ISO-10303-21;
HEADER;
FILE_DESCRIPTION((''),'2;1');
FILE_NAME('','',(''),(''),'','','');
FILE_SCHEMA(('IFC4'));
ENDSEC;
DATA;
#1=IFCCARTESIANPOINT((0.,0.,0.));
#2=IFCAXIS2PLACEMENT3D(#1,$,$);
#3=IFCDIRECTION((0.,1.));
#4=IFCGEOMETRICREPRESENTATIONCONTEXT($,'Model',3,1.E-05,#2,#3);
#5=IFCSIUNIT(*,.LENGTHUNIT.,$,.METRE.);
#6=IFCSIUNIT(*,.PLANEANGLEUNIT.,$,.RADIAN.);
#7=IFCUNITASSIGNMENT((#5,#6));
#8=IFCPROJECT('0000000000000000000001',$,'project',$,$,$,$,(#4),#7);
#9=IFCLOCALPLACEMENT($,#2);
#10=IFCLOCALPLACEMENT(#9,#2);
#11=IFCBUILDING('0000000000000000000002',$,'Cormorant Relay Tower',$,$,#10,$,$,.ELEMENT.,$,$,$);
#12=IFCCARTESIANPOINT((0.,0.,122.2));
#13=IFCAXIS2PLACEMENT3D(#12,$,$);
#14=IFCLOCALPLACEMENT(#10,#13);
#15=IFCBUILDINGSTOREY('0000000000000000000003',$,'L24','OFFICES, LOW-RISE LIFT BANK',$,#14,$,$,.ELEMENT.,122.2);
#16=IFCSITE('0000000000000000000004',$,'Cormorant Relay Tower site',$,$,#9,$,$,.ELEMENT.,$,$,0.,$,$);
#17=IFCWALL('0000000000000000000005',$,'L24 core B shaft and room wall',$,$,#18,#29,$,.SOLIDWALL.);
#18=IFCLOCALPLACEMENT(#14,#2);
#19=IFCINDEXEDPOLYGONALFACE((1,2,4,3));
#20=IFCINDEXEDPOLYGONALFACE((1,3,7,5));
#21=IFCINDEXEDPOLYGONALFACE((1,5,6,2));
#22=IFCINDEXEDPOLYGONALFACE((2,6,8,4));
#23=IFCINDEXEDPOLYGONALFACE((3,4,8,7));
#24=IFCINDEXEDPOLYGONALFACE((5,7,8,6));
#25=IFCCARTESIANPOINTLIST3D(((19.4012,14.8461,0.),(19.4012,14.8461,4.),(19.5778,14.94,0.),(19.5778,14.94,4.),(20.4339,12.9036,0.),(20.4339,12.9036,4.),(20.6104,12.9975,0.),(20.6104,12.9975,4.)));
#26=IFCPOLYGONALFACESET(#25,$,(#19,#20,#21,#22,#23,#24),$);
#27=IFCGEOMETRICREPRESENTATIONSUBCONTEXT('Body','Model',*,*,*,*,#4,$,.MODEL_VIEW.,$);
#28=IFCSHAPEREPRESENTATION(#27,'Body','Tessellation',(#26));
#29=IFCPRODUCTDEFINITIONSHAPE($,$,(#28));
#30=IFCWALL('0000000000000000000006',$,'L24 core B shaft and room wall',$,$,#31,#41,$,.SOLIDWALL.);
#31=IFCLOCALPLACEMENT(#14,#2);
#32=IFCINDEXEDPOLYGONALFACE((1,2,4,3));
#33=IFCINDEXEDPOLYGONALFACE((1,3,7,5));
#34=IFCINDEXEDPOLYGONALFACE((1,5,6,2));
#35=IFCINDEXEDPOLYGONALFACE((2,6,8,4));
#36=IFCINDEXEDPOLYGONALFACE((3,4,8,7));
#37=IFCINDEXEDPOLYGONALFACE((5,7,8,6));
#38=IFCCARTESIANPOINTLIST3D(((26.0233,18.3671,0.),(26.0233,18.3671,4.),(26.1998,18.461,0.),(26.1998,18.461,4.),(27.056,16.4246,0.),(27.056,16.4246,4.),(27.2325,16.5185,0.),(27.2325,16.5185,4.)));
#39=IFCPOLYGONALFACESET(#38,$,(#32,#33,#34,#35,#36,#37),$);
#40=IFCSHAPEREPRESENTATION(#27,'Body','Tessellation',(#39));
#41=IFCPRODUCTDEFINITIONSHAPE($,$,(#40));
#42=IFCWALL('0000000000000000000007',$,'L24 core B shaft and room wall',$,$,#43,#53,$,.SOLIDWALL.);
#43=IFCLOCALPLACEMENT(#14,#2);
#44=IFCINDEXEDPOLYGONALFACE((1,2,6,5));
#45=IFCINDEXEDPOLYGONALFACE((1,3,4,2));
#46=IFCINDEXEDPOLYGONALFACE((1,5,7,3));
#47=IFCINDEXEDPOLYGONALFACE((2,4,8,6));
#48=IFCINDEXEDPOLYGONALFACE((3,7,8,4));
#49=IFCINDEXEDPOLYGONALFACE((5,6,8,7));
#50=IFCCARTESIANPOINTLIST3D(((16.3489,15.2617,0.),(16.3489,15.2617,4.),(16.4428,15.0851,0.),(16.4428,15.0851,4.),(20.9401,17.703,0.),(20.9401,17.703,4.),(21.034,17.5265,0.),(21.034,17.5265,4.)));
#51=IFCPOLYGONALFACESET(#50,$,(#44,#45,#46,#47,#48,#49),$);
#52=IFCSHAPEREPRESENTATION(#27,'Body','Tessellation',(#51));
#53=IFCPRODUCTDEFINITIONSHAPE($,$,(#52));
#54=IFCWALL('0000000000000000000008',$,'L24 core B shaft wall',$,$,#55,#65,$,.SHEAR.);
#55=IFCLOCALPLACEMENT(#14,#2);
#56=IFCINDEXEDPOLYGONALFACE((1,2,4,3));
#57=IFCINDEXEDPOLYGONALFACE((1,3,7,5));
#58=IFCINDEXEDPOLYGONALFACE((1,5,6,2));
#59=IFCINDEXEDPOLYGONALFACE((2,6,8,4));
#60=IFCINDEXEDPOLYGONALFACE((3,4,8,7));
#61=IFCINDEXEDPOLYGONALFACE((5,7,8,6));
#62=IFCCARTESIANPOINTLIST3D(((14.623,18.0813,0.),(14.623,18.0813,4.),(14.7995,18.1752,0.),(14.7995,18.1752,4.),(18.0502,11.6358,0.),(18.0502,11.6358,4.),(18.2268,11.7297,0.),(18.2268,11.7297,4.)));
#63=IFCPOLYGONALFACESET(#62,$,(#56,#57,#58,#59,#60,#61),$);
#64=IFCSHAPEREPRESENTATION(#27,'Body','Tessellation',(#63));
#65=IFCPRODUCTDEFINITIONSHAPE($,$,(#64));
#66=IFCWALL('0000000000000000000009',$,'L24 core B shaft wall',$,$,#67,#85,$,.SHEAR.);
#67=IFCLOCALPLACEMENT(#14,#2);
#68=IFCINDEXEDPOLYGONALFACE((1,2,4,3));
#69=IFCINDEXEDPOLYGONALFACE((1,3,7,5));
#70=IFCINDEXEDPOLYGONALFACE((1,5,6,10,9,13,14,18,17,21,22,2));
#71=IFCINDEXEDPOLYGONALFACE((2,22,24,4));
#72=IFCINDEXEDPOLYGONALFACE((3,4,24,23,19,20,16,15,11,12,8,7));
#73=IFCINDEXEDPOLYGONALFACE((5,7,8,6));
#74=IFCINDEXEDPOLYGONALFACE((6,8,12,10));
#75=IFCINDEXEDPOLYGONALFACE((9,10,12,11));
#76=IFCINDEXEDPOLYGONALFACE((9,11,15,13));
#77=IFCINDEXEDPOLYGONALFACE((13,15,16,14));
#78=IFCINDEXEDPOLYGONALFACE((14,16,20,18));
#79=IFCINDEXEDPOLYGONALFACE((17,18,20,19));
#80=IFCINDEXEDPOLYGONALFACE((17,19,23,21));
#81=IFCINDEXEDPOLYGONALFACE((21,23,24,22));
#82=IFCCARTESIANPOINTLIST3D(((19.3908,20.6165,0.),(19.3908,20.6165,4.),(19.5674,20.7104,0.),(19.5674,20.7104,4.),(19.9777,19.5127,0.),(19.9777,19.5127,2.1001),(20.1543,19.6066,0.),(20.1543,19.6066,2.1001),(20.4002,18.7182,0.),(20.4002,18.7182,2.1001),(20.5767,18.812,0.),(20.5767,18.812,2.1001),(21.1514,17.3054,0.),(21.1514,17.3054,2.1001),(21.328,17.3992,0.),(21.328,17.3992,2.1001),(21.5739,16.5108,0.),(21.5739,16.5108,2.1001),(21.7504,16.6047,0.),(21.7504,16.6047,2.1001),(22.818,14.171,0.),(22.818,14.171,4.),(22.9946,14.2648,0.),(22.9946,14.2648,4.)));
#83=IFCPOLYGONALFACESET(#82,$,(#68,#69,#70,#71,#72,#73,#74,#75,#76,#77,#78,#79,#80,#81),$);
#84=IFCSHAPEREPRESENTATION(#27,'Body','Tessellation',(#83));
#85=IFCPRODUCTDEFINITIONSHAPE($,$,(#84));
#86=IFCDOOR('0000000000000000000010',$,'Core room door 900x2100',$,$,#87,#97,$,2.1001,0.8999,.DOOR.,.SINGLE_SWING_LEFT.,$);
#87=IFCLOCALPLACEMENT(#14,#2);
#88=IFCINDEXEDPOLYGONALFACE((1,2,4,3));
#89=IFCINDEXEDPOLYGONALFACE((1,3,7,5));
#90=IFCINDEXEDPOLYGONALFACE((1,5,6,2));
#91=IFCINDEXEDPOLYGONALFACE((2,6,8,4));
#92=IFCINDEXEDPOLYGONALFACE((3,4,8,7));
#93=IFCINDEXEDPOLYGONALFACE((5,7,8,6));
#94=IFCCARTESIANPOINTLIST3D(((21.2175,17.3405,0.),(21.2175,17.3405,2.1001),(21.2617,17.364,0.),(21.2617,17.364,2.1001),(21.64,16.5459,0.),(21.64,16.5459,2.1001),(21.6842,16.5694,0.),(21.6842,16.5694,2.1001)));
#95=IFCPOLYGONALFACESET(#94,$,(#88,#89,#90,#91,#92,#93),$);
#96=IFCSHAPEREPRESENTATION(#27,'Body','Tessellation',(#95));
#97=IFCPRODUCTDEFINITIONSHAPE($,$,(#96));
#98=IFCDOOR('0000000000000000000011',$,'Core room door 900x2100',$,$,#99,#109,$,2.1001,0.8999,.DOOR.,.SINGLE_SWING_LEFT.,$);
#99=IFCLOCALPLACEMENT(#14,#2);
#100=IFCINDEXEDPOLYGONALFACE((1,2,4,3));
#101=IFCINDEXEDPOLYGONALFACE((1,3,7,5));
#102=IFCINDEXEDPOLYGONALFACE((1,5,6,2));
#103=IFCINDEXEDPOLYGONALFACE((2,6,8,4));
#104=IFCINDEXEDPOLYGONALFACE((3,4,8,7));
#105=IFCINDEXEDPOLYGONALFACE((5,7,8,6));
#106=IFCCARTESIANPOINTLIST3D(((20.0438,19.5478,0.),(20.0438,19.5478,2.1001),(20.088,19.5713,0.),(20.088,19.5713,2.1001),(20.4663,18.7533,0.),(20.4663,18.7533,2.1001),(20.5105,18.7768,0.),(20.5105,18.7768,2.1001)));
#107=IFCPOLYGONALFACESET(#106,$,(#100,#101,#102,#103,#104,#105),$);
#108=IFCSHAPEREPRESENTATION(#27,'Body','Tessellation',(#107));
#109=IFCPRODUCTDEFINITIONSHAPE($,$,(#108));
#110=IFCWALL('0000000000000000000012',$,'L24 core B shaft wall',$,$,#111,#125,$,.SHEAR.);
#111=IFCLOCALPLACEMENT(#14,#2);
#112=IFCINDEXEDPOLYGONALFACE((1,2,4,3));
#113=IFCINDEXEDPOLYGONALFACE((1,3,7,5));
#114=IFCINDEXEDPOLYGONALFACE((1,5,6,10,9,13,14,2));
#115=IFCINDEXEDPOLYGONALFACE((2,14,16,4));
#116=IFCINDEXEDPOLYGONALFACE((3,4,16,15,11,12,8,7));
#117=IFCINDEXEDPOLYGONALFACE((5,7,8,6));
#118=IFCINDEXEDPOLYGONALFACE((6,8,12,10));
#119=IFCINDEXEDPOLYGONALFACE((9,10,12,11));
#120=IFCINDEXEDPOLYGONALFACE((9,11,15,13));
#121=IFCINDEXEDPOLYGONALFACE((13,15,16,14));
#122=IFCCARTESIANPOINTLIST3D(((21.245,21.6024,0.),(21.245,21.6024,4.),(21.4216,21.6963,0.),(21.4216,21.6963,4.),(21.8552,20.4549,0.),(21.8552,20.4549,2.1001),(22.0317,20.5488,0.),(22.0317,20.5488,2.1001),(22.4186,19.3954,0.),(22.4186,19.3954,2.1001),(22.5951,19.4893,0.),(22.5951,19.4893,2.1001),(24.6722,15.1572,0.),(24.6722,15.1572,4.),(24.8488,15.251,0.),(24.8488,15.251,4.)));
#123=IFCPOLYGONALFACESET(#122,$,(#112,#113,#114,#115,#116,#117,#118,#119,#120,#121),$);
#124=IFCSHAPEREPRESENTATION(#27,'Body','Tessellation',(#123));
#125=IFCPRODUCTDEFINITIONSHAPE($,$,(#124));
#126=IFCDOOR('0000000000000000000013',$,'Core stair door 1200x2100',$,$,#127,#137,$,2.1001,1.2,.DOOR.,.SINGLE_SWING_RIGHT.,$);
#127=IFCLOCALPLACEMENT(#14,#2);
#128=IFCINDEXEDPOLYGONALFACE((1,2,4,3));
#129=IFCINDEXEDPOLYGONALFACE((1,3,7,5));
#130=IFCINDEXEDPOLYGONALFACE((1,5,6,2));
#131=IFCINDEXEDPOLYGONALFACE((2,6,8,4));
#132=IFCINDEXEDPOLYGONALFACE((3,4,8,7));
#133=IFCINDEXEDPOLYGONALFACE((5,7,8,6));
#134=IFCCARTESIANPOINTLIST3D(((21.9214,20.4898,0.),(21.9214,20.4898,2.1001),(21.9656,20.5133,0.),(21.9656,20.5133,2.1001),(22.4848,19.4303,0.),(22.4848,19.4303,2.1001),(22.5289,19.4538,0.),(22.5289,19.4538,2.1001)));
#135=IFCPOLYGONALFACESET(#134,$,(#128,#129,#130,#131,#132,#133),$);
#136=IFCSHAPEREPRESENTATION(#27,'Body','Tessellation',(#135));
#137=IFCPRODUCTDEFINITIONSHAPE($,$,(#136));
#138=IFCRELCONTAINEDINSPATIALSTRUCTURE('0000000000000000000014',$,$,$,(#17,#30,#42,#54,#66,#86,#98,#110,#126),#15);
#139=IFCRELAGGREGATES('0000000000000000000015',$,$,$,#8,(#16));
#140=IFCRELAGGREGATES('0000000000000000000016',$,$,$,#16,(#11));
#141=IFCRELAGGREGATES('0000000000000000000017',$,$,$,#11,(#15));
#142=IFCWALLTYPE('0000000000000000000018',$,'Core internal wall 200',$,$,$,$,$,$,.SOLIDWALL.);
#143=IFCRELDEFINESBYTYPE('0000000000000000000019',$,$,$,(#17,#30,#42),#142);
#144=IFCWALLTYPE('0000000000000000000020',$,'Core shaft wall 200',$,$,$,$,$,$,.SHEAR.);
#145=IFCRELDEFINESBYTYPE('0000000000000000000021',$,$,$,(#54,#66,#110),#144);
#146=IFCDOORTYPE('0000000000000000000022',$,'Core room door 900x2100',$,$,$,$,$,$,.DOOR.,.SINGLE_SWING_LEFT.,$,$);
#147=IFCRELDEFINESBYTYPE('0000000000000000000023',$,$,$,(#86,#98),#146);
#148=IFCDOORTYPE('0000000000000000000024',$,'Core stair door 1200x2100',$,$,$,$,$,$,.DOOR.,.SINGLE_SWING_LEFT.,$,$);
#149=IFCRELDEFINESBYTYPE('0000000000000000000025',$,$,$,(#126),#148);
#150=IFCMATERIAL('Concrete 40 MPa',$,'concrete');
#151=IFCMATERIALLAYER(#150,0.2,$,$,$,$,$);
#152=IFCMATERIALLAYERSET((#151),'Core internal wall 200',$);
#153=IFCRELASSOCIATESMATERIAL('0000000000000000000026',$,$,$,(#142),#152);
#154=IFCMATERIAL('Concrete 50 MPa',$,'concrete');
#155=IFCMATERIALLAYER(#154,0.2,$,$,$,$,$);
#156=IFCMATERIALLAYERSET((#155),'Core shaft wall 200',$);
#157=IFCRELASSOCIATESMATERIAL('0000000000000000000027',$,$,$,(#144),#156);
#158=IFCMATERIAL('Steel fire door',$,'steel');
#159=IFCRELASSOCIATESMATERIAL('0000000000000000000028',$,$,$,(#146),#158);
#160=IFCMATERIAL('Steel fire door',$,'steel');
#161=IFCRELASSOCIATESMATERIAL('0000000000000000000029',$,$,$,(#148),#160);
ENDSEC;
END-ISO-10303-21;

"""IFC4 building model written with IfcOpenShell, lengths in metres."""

from ifc_helpers import new_model, si_unit, direction, frame, frame_2d, origin, place, context, subcontext, project, spatial, rectangle, extrude, material, layer, layer_set, type_object, element, fill, save


model = new_model("IFC4")

# Units and contexts
model_context = context("Model", 3, precision=1e-05, world=origin(), true_north=direction((0.0, 1.0)))
body_context = subcontext(model_context, "Body", "Model", "MODEL_VIEW")
ifc_project = project(units=[si_unit("LENGTHUNIT", "METRE"), si_unit("PLANEANGLEUNIT", "RADIAN")], contexts=[model_context])

# Site, building, storey
site_placement = place(None, origin())
site = spatial("IfcSite", under=ifc_project, at=site_placement, Name="Cormorant Relay Tower site", CompositionType="ELEMENT", RefElevation=0.0)
building_placement = place(site_placement, origin())
building = spatial("IfcBuilding", under=site, at=building_placement, Name="Cormorant Relay Tower", CompositionType="ELEMENT")
storey_placement = place(building_placement, frame((0.0, 0.0, 122.2)))
storey = spatial("IfcBuildingStorey", under=building, at=storey_placement, Name="L24", Description="OFFICES, LOW-RISE LIFT BANK", CompositionType="ELEMENT", Elevation=122.2)

# Walls
ifc_material_1 = material(Name="Concrete 40 MPa", Category="concrete")
ifc_layer_1 = layer(ifc_material_1, 0.2)
ifc_layer_set_1 = layer_set([ifc_layer_1], Name="Core internal wall 200")
wall_type_1 = type_object("IfcWallType", Name="Core internal wall 200", PredefinedType="SOLIDWALL", material=ifc_layer_set_1)
for number, where, z_axis, x_axis, name in (
    (1, (20.5222, 12.9504, 0.0), (0.0, 0.0, 1.0), (-0.469401, 0.882985, 0.0), "L24 core B shaft and room wall"),
    (2, (27.1443, 16.4714, 0.0), (0.0, 0.0, 1.0), (-0.469401, 0.882985, 0.0), "L24 core B shaft and room wall"),
):
    element("IfcWall", number, at=place(storey_placement, frame(where, z_axis=z_axis, x_axis=x_axis)), inside=storey, type_object=wall_type_1, Name=name, PredefinedType="SOLIDWALL", context=body_context, shape_type="SweptSolid", body=[
        extrude(rectangle(XDim=2.2, YDim=0.2, at=frame_2d((1.1001, 0.0))), origin(), (0.0, 0.0, 1.0), 4.0),
    ])
wall_1_placement = place(storey_placement, frame((16.3958, 15.1733, 0.0), z_axis=(0.0, 0.0, 1.0), x_axis=(0.882935, 0.469496, 0.0)))
element("IfcWall", 3, at=wall_1_placement, inside=storey, type_object=wall_type_1, Name="L24 core B shaft and room wall", PredefinedType="SOLIDWALL", context=body_context, shape_type="SweptSolid", body=[
    extrude(rectangle(XDim=5.2, YDim=0.2, at=frame_2d((2.6001, 0.0))), origin(), (0.0, 0.0, 1.0), 4.0),
])
ifc_material_2 = material(Name="Concrete 50 MPa", Category="concrete")
ifc_layer_2 = layer(ifc_material_2, 0.2)
ifc_layer_set_2 = layer_set([ifc_layer_2], Name="Core shaft wall 200")
wall_type_2 = type_object("IfcWallType", Name="Core shaft wall 200", PredefinedType="SHEAR", material=ifc_layer_set_2)
wall_2_placement = place(storey_placement, frame((18.1384, 11.6829, 0.0), z_axis=(0.0, 0.0, 1.0), x_axis=(-0.46948, 0.882943, 0.0)))
element("IfcWall", 4, at=wall_2_placement, inside=storey, type_object=wall_type_2, Name="L24 core B shaft wall", PredefinedType="SHEAR", context=body_context, shape_type="SweptSolid", body=[
    extrude(rectangle(XDim=7.3, YDim=0.2, at=frame_2d((3.6499, 0.0))), origin(), (0.0, 0.0, 1.0), 4.0),
])

# Wall, openings, doors
wall_3_placement = place(storey_placement, frame((22.9062, 14.218, 0.0), z_axis=(0.0, 0.0, 1.0), x_axis=(-0.46948, 0.882943, 0.0)))
wall_3 = element("IfcWall", 5, at=wall_3_placement, inside=storey, type_object=wall_type_2, Name="L24 core B shaft wall", PredefinedType="SHEAR", context=body_context, shape_type="SweptSolid", body=[
    extrude(rectangle(XDim=7.3, YDim=0.2, at=frame_2d((3.6499, 0.0))), origin(), (0.0, 0.0, 1.0), 4.0),
])
opening_1_placement = place(wall_3_placement, frame((2.6499, 0.0, 0.0)))
opening_1 = element("IfcOpeningElement", 6, at=opening_1_placement, cuts=wall_3, PredefinedType="OPENING", context=body_context, shape_type="SweptSolid", body=[
    extrude(rectangle(XDim=0.8999, YDim=2.1001, at=frame_2d((0.45, 1.05))), frame((0.0, 0.1099, 0.0), z_axis=(0.0, -1.0, 0.0), x_axis=(1.0, 0.0, 0.0)), (0.0, 0.0, 1.0), 0.22),
])
opening_2_placement = place(wall_3_placement, frame((5.1499, 0.0, 0.0)))
opening_2 = element("IfcOpeningElement", 7, at=opening_2_placement, cuts=wall_3, PredefinedType="OPENING", context=body_context, shape_type="SweptSolid", body=[
    extrude(rectangle(XDim=0.8999, YDim=2.1001, at=frame_2d((0.45, 1.05))), frame((0.0, 0.1099, 0.0), z_axis=(0.0, -1.0, 0.0), x_axis=(1.0, 0.0, 0.0)), (0.0, 0.0, 1.0), 0.22),
])
ifc_material_3 = material(Name="Steel fire door", Category="steel")
door_type_1 = type_object("IfcDoorType", Name="Core room door 900x2100", OperationType="SINGLE_SWING_LEFT", PredefinedType="DOOR", material=ifc_material_3)
door_1_placement = place(opening_1_placement, frame((0.8999, 0.0, 0.0), z_axis=(0.0, 0.0, 1.0), x_axis=(-1.0, 0.0, 0.0)))
door_1 = element("IfcDoor", 8, at=door_1_placement, inside=storey, type_object=door_type_1, Name="Core room door 900x2100", OperationType="SINGLE_SWING_LEFT", OverallHeight=2.1001, OverallWidth=0.8999, PredefinedType="DOOR", context=body_context, shape_type="SweptSolid", body=[
    extrude(rectangle(XDim=0.8999, YDim=2.1001, at=frame_2d((0.45, 1.05))), frame((0.0, 0.0249, 0.0), z_axis=(0.0, -1.0, 0.0), x_axis=(1.0, 0.0, 0.0)), (0.0, 0.0, 1.0), 0.05),
])
fill(opening_1, door_1)
door_2_placement = place(opening_2_placement, frame((0.8999, 0.0, 0.0), z_axis=(0.0, 0.0, 1.0), x_axis=(-1.0, 0.0, 0.0)))
door_2 = element("IfcDoor", 9, at=door_2_placement, inside=storey, type_object=door_type_1, Name="Core room door 900x2100", OperationType="SINGLE_SWING_LEFT", OverallHeight=2.1001, OverallWidth=0.8999, PredefinedType="DOOR", context=body_context, shape_type="SweptSolid", body=[
    extrude(rectangle(XDim=0.8999, YDim=2.1001, at=frame_2d((0.45, 1.05))), frame((0.0, 0.0249, 0.0), z_axis=(0.0, -1.0, 0.0), x_axis=(1.0, 0.0, 0.0)), (0.0, 0.0, 1.0), 0.05),
])
fill(opening_2, door_2)

# Wall, opening, door
wall_4_placement = place(storey_placement, frame((24.7605, 15.2041, 0.0), z_axis=(0.0, 0.0, 1.0), x_axis=(-0.469494, 0.882936, 0.0)))
wall_4 = element("IfcWall", 10, at=wall_4_placement, inside=storey, type_object=wall_type_2, Name="L24 core B shaft wall", PredefinedType="SHEAR", context=body_context, shape_type="SweptSolid", body=[
    extrude(rectangle(XDim=7.2998, YDim=0.2, at=frame_2d((3.6499, 0.0))), origin(), (0.0, 0.0, 1.0), 4.0),
])
opening_3_placement = place(wall_4_placement, frame((4.8, 0.0, 0.0)))
opening_3 = element("IfcOpeningElement", 11, at=opening_3_placement, cuts=wall_4, PredefinedType="OPENING", context=body_context, shape_type="SweptSolid", body=[
    extrude(rectangle(XDim=1.2, YDim=2.1001, at=frame_2d((0.6001, 1.05))), frame((0.0, 0.1099, 0.0), z_axis=(0.0, -1.0, 0.0), x_axis=(1.0, 0.0, 0.0)), (0.0, 0.0, 1.0), 0.22),
])
ifc_material_4 = material(Name="Steel fire door", Category="steel")
door_type_2 = type_object("IfcDoorType", Name="Core stair door 1200x2100", OperationType="SINGLE_SWING_LEFT", PredefinedType="DOOR", material=ifc_material_4)
door_3_placement = place(opening_3_placement, frame((1.2, 0.0, 0.0), z_axis=(0.0, 0.0, 1.0), x_axis=(-1.0, 0.0, 0.0)))
door_3 = element("IfcDoor", 12, at=door_3_placement, inside=storey, type_object=door_type_2, Name="Core stair door 1200x2100", OperationType="SINGLE_SWING_RIGHT", OverallHeight=2.1001, OverallWidth=1.2, PredefinedType="DOOR", context=body_context, shape_type="SweptSolid", body=[
    extrude(rectangle(XDim=1.2, YDim=2.1001, at=frame_2d((0.6001, 1.05))), frame((0.0, 0.0249, 0.0), z_axis=(0.0, -1.0, 0.0), x_axis=(1.0, 0.0, 0.0)), (0.0, 0.0, 1.0), 0.05),
])
fill(opening_3, door_3)

save(model, "model.ifc")
